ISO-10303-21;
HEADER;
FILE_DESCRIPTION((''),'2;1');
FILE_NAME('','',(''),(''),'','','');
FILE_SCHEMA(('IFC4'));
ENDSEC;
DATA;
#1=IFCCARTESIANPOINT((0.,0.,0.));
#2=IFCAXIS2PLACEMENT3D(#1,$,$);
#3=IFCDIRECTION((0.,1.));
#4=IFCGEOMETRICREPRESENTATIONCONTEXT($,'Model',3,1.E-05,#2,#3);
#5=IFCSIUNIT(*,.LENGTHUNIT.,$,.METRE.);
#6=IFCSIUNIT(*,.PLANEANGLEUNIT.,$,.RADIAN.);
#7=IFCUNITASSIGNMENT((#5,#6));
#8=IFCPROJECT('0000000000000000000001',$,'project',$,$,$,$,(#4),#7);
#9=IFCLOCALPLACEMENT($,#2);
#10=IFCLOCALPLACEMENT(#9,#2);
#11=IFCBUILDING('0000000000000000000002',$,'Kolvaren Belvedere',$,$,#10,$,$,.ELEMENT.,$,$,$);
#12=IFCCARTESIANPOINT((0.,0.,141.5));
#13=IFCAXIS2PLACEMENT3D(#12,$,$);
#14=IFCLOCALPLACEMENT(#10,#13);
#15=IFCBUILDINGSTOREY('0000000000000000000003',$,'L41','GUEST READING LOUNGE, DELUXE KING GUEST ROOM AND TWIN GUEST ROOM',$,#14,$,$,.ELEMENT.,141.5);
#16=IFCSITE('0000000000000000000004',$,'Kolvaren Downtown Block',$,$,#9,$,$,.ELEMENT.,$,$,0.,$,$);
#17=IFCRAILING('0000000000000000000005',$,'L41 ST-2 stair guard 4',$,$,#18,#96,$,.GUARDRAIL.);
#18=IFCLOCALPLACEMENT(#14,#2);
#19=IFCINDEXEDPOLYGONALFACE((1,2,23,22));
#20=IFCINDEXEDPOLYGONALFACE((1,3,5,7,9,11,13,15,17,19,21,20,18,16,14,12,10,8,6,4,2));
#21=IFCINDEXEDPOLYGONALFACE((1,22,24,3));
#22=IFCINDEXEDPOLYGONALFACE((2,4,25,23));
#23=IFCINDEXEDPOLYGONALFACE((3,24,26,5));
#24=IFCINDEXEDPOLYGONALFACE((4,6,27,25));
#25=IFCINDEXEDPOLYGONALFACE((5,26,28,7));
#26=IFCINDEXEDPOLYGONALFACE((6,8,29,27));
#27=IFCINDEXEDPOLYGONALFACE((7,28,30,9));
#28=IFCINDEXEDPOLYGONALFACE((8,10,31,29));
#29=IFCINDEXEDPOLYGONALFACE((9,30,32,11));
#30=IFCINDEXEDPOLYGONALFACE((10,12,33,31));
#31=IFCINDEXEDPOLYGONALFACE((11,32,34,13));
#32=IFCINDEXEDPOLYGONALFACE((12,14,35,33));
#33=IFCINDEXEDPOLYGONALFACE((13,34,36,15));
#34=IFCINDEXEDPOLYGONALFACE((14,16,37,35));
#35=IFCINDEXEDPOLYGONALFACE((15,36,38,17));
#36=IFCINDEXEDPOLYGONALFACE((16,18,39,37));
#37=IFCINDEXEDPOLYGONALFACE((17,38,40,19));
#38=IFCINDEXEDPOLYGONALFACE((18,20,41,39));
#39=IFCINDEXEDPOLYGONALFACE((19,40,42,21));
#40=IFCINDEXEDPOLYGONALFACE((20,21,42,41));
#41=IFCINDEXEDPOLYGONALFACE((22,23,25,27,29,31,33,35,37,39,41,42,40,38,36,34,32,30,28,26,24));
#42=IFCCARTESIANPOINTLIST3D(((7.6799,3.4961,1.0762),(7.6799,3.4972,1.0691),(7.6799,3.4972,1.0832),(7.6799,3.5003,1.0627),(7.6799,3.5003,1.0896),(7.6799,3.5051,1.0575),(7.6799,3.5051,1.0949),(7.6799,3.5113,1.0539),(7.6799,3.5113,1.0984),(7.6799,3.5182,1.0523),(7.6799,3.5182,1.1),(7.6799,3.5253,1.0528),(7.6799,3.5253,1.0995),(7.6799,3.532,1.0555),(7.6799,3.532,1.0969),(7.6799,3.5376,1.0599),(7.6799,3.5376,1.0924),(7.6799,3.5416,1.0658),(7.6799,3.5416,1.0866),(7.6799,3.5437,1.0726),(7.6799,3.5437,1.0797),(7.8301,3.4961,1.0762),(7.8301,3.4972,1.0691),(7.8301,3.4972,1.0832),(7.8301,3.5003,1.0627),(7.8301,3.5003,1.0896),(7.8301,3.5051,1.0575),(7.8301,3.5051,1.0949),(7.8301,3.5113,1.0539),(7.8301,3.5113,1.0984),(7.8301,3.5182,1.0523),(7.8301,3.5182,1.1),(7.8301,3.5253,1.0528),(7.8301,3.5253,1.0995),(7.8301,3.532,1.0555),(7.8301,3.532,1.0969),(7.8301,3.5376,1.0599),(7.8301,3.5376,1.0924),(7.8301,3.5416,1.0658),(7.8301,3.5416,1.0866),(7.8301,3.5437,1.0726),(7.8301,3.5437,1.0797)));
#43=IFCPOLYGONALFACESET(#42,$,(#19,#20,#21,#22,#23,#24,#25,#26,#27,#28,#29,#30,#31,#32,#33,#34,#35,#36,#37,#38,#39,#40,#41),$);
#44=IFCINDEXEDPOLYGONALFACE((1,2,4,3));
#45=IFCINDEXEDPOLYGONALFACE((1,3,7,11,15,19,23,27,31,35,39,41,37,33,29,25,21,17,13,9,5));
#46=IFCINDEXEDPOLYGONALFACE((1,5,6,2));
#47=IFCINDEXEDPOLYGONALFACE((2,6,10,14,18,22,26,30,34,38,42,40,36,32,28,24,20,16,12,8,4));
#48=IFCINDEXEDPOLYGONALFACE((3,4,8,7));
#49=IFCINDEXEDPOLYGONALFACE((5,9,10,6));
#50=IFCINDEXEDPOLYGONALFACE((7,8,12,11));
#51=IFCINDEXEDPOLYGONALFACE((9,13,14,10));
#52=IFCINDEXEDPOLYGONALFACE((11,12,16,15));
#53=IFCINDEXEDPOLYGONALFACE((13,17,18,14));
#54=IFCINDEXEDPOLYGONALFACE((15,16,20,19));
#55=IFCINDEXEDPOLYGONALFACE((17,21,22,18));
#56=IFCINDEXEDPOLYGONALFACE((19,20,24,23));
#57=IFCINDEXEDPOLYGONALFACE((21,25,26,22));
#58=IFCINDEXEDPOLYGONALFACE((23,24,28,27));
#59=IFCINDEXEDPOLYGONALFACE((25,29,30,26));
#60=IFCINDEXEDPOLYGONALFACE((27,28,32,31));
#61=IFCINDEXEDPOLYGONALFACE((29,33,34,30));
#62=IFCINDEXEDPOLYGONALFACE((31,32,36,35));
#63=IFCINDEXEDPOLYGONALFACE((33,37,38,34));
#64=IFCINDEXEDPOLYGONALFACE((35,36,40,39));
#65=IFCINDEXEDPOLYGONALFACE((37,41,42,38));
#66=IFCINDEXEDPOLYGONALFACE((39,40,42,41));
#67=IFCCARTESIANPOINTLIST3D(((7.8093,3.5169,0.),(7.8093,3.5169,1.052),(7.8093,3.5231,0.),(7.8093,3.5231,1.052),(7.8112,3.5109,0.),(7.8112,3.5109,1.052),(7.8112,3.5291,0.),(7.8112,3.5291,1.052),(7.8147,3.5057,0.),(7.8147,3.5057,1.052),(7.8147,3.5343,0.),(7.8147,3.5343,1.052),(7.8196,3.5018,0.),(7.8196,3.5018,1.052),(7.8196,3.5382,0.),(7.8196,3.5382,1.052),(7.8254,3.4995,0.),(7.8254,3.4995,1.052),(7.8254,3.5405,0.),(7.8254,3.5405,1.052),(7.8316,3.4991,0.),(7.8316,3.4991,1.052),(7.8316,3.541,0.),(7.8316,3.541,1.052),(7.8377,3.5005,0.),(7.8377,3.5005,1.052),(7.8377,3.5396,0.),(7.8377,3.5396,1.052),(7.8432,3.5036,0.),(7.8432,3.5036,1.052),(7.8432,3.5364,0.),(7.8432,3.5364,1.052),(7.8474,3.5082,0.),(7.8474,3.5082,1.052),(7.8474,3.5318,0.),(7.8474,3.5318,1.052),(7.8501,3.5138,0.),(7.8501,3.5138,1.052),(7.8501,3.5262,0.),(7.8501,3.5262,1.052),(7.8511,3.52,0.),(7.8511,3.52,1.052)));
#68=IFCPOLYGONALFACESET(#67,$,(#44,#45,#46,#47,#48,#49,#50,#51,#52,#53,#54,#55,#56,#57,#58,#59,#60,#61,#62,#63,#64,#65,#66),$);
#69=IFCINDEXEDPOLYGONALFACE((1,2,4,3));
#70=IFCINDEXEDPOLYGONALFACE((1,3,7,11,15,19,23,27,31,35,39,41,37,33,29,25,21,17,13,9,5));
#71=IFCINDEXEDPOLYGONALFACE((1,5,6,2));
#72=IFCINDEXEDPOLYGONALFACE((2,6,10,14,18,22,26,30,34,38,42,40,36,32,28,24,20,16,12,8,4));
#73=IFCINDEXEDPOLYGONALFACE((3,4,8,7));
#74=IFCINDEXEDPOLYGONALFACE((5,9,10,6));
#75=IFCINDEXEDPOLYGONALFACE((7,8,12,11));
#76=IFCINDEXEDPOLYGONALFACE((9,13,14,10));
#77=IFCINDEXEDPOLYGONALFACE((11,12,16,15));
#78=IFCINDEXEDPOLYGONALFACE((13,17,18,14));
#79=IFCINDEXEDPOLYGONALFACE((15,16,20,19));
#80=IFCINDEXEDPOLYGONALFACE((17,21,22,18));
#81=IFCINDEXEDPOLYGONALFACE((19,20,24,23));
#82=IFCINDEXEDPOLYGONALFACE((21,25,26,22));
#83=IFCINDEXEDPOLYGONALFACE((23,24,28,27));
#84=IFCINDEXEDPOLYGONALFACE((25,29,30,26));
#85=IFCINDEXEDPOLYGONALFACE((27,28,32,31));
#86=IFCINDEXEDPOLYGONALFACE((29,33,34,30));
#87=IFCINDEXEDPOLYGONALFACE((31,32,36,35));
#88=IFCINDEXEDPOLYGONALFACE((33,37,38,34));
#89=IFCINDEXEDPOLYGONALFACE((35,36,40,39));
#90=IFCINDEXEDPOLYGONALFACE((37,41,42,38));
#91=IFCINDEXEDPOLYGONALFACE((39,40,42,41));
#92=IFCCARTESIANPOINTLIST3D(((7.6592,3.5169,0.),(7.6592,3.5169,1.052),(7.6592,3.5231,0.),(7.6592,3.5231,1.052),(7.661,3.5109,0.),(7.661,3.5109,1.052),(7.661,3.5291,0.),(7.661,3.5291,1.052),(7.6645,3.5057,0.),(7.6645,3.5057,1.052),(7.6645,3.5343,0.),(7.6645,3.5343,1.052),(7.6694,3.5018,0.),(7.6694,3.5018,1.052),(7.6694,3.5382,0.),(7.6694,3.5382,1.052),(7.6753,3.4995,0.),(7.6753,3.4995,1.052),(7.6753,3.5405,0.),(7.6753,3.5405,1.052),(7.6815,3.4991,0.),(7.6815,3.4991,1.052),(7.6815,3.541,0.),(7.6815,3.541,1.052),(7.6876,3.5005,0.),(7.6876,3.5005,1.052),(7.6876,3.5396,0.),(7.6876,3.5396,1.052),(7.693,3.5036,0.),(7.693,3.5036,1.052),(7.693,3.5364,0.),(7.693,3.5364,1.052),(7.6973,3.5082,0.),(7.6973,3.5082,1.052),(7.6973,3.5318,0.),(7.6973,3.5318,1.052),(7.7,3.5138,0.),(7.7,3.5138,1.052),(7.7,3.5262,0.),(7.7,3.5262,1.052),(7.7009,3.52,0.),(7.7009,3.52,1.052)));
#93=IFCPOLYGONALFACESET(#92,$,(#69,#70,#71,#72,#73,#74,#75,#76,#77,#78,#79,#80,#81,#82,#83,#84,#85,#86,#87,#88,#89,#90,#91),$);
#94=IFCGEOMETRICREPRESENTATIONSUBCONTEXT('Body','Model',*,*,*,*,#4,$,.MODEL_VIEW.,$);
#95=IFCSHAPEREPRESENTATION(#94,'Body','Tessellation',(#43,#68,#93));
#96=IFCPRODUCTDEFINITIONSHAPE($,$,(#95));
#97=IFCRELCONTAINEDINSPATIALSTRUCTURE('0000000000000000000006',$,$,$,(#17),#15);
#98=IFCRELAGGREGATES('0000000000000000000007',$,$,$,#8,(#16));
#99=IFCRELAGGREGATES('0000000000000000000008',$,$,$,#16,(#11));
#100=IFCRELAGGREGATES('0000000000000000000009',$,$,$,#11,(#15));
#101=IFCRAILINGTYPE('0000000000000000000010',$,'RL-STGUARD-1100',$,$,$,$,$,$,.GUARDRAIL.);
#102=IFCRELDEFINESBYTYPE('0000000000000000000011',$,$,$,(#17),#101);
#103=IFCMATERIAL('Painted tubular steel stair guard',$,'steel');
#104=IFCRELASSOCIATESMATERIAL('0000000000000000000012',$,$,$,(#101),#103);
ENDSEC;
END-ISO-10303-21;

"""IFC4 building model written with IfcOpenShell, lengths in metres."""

from ifc_helpers import new_model, si_unit, direction, frame, origin, origin_2d, place, context, subcontext, project, spatial, circle, extrude, material, type_object, element, save


model = new_model("IFC4")

# Units and contexts
model_context = context("Model", 3, precision=1e-05, world=origin(), true_north=direction((0.0, 1.0)))
body_context = subcontext(model_context, "Body", "Model", "MODEL_VIEW")
ifc_project = project(units=[si_unit("LENGTHUNIT", "METRE"), si_unit("PLANEANGLEUNIT", "RADIAN")], contexts=[model_context])

# Site, building, storey
site_placement = place(None, origin())
site = spatial("IfcSite", under=ifc_project, at=site_placement, Name="Kolvaren Downtown Block", CompositionType="ELEMENT", RefElevation=0.0)
building_placement = place(site_placement, origin())
building = spatial("IfcBuilding", under=site, at=building_placement, Name="Kolvaren Belvedere", CompositionType="ELEMENT")
storey_placement = place(building_placement, frame((0.0, 0.0, 141.5)))
storey = spatial("IfcBuildingStorey", under=building, at=storey_placement, Name="L41", Description="GUEST READING LOUNGE, DELUXE KING GUEST ROOM AND TWIN GUEST ROOM", CompositionType="ELEMENT", Elevation=141.5)

# Railing
ifc_material_1 = material(Name="Painted tubular steel stair guard", Category="steel")
railing_type_1 = type_object("IfcRailingType", Name="RL-STGUARD-1100", PredefinedType="GUARDRAIL", material=ifc_material_1)
railing_1_placement = place(storey_placement, frame((7.8301, 3.52, 0.0)))
element("IfcRailing", 1, at=railing_1_placement, inside=storey, type_object=railing_type_1, Name="L41 ST-2 stair guard 4", PredefinedType="GUARDRAIL", context=body_context, shape_type="SweptSolid", body=[
    extrude(circle(Radius=0.0239, at=origin_2d()), frame((0.0, 0.0, 1.0762), z_axis=(-1.0, 0.0, 0.0), x_axis=(0.0, -1.0, 0.0)), (0.0, 0.0, 1.0), 0.1501),
    extrude(circle(Radius=0.021, at=origin_2d()), origin(), (0.0, 0.0, 1.0), 1.052),
    extrude(circle(Radius=0.021, at=origin_2d()), frame((-0.1501, 0.0, 0.0)), (0.0, 0.0, 1.0), 1.052),
])

save(model, "model.ifc")
